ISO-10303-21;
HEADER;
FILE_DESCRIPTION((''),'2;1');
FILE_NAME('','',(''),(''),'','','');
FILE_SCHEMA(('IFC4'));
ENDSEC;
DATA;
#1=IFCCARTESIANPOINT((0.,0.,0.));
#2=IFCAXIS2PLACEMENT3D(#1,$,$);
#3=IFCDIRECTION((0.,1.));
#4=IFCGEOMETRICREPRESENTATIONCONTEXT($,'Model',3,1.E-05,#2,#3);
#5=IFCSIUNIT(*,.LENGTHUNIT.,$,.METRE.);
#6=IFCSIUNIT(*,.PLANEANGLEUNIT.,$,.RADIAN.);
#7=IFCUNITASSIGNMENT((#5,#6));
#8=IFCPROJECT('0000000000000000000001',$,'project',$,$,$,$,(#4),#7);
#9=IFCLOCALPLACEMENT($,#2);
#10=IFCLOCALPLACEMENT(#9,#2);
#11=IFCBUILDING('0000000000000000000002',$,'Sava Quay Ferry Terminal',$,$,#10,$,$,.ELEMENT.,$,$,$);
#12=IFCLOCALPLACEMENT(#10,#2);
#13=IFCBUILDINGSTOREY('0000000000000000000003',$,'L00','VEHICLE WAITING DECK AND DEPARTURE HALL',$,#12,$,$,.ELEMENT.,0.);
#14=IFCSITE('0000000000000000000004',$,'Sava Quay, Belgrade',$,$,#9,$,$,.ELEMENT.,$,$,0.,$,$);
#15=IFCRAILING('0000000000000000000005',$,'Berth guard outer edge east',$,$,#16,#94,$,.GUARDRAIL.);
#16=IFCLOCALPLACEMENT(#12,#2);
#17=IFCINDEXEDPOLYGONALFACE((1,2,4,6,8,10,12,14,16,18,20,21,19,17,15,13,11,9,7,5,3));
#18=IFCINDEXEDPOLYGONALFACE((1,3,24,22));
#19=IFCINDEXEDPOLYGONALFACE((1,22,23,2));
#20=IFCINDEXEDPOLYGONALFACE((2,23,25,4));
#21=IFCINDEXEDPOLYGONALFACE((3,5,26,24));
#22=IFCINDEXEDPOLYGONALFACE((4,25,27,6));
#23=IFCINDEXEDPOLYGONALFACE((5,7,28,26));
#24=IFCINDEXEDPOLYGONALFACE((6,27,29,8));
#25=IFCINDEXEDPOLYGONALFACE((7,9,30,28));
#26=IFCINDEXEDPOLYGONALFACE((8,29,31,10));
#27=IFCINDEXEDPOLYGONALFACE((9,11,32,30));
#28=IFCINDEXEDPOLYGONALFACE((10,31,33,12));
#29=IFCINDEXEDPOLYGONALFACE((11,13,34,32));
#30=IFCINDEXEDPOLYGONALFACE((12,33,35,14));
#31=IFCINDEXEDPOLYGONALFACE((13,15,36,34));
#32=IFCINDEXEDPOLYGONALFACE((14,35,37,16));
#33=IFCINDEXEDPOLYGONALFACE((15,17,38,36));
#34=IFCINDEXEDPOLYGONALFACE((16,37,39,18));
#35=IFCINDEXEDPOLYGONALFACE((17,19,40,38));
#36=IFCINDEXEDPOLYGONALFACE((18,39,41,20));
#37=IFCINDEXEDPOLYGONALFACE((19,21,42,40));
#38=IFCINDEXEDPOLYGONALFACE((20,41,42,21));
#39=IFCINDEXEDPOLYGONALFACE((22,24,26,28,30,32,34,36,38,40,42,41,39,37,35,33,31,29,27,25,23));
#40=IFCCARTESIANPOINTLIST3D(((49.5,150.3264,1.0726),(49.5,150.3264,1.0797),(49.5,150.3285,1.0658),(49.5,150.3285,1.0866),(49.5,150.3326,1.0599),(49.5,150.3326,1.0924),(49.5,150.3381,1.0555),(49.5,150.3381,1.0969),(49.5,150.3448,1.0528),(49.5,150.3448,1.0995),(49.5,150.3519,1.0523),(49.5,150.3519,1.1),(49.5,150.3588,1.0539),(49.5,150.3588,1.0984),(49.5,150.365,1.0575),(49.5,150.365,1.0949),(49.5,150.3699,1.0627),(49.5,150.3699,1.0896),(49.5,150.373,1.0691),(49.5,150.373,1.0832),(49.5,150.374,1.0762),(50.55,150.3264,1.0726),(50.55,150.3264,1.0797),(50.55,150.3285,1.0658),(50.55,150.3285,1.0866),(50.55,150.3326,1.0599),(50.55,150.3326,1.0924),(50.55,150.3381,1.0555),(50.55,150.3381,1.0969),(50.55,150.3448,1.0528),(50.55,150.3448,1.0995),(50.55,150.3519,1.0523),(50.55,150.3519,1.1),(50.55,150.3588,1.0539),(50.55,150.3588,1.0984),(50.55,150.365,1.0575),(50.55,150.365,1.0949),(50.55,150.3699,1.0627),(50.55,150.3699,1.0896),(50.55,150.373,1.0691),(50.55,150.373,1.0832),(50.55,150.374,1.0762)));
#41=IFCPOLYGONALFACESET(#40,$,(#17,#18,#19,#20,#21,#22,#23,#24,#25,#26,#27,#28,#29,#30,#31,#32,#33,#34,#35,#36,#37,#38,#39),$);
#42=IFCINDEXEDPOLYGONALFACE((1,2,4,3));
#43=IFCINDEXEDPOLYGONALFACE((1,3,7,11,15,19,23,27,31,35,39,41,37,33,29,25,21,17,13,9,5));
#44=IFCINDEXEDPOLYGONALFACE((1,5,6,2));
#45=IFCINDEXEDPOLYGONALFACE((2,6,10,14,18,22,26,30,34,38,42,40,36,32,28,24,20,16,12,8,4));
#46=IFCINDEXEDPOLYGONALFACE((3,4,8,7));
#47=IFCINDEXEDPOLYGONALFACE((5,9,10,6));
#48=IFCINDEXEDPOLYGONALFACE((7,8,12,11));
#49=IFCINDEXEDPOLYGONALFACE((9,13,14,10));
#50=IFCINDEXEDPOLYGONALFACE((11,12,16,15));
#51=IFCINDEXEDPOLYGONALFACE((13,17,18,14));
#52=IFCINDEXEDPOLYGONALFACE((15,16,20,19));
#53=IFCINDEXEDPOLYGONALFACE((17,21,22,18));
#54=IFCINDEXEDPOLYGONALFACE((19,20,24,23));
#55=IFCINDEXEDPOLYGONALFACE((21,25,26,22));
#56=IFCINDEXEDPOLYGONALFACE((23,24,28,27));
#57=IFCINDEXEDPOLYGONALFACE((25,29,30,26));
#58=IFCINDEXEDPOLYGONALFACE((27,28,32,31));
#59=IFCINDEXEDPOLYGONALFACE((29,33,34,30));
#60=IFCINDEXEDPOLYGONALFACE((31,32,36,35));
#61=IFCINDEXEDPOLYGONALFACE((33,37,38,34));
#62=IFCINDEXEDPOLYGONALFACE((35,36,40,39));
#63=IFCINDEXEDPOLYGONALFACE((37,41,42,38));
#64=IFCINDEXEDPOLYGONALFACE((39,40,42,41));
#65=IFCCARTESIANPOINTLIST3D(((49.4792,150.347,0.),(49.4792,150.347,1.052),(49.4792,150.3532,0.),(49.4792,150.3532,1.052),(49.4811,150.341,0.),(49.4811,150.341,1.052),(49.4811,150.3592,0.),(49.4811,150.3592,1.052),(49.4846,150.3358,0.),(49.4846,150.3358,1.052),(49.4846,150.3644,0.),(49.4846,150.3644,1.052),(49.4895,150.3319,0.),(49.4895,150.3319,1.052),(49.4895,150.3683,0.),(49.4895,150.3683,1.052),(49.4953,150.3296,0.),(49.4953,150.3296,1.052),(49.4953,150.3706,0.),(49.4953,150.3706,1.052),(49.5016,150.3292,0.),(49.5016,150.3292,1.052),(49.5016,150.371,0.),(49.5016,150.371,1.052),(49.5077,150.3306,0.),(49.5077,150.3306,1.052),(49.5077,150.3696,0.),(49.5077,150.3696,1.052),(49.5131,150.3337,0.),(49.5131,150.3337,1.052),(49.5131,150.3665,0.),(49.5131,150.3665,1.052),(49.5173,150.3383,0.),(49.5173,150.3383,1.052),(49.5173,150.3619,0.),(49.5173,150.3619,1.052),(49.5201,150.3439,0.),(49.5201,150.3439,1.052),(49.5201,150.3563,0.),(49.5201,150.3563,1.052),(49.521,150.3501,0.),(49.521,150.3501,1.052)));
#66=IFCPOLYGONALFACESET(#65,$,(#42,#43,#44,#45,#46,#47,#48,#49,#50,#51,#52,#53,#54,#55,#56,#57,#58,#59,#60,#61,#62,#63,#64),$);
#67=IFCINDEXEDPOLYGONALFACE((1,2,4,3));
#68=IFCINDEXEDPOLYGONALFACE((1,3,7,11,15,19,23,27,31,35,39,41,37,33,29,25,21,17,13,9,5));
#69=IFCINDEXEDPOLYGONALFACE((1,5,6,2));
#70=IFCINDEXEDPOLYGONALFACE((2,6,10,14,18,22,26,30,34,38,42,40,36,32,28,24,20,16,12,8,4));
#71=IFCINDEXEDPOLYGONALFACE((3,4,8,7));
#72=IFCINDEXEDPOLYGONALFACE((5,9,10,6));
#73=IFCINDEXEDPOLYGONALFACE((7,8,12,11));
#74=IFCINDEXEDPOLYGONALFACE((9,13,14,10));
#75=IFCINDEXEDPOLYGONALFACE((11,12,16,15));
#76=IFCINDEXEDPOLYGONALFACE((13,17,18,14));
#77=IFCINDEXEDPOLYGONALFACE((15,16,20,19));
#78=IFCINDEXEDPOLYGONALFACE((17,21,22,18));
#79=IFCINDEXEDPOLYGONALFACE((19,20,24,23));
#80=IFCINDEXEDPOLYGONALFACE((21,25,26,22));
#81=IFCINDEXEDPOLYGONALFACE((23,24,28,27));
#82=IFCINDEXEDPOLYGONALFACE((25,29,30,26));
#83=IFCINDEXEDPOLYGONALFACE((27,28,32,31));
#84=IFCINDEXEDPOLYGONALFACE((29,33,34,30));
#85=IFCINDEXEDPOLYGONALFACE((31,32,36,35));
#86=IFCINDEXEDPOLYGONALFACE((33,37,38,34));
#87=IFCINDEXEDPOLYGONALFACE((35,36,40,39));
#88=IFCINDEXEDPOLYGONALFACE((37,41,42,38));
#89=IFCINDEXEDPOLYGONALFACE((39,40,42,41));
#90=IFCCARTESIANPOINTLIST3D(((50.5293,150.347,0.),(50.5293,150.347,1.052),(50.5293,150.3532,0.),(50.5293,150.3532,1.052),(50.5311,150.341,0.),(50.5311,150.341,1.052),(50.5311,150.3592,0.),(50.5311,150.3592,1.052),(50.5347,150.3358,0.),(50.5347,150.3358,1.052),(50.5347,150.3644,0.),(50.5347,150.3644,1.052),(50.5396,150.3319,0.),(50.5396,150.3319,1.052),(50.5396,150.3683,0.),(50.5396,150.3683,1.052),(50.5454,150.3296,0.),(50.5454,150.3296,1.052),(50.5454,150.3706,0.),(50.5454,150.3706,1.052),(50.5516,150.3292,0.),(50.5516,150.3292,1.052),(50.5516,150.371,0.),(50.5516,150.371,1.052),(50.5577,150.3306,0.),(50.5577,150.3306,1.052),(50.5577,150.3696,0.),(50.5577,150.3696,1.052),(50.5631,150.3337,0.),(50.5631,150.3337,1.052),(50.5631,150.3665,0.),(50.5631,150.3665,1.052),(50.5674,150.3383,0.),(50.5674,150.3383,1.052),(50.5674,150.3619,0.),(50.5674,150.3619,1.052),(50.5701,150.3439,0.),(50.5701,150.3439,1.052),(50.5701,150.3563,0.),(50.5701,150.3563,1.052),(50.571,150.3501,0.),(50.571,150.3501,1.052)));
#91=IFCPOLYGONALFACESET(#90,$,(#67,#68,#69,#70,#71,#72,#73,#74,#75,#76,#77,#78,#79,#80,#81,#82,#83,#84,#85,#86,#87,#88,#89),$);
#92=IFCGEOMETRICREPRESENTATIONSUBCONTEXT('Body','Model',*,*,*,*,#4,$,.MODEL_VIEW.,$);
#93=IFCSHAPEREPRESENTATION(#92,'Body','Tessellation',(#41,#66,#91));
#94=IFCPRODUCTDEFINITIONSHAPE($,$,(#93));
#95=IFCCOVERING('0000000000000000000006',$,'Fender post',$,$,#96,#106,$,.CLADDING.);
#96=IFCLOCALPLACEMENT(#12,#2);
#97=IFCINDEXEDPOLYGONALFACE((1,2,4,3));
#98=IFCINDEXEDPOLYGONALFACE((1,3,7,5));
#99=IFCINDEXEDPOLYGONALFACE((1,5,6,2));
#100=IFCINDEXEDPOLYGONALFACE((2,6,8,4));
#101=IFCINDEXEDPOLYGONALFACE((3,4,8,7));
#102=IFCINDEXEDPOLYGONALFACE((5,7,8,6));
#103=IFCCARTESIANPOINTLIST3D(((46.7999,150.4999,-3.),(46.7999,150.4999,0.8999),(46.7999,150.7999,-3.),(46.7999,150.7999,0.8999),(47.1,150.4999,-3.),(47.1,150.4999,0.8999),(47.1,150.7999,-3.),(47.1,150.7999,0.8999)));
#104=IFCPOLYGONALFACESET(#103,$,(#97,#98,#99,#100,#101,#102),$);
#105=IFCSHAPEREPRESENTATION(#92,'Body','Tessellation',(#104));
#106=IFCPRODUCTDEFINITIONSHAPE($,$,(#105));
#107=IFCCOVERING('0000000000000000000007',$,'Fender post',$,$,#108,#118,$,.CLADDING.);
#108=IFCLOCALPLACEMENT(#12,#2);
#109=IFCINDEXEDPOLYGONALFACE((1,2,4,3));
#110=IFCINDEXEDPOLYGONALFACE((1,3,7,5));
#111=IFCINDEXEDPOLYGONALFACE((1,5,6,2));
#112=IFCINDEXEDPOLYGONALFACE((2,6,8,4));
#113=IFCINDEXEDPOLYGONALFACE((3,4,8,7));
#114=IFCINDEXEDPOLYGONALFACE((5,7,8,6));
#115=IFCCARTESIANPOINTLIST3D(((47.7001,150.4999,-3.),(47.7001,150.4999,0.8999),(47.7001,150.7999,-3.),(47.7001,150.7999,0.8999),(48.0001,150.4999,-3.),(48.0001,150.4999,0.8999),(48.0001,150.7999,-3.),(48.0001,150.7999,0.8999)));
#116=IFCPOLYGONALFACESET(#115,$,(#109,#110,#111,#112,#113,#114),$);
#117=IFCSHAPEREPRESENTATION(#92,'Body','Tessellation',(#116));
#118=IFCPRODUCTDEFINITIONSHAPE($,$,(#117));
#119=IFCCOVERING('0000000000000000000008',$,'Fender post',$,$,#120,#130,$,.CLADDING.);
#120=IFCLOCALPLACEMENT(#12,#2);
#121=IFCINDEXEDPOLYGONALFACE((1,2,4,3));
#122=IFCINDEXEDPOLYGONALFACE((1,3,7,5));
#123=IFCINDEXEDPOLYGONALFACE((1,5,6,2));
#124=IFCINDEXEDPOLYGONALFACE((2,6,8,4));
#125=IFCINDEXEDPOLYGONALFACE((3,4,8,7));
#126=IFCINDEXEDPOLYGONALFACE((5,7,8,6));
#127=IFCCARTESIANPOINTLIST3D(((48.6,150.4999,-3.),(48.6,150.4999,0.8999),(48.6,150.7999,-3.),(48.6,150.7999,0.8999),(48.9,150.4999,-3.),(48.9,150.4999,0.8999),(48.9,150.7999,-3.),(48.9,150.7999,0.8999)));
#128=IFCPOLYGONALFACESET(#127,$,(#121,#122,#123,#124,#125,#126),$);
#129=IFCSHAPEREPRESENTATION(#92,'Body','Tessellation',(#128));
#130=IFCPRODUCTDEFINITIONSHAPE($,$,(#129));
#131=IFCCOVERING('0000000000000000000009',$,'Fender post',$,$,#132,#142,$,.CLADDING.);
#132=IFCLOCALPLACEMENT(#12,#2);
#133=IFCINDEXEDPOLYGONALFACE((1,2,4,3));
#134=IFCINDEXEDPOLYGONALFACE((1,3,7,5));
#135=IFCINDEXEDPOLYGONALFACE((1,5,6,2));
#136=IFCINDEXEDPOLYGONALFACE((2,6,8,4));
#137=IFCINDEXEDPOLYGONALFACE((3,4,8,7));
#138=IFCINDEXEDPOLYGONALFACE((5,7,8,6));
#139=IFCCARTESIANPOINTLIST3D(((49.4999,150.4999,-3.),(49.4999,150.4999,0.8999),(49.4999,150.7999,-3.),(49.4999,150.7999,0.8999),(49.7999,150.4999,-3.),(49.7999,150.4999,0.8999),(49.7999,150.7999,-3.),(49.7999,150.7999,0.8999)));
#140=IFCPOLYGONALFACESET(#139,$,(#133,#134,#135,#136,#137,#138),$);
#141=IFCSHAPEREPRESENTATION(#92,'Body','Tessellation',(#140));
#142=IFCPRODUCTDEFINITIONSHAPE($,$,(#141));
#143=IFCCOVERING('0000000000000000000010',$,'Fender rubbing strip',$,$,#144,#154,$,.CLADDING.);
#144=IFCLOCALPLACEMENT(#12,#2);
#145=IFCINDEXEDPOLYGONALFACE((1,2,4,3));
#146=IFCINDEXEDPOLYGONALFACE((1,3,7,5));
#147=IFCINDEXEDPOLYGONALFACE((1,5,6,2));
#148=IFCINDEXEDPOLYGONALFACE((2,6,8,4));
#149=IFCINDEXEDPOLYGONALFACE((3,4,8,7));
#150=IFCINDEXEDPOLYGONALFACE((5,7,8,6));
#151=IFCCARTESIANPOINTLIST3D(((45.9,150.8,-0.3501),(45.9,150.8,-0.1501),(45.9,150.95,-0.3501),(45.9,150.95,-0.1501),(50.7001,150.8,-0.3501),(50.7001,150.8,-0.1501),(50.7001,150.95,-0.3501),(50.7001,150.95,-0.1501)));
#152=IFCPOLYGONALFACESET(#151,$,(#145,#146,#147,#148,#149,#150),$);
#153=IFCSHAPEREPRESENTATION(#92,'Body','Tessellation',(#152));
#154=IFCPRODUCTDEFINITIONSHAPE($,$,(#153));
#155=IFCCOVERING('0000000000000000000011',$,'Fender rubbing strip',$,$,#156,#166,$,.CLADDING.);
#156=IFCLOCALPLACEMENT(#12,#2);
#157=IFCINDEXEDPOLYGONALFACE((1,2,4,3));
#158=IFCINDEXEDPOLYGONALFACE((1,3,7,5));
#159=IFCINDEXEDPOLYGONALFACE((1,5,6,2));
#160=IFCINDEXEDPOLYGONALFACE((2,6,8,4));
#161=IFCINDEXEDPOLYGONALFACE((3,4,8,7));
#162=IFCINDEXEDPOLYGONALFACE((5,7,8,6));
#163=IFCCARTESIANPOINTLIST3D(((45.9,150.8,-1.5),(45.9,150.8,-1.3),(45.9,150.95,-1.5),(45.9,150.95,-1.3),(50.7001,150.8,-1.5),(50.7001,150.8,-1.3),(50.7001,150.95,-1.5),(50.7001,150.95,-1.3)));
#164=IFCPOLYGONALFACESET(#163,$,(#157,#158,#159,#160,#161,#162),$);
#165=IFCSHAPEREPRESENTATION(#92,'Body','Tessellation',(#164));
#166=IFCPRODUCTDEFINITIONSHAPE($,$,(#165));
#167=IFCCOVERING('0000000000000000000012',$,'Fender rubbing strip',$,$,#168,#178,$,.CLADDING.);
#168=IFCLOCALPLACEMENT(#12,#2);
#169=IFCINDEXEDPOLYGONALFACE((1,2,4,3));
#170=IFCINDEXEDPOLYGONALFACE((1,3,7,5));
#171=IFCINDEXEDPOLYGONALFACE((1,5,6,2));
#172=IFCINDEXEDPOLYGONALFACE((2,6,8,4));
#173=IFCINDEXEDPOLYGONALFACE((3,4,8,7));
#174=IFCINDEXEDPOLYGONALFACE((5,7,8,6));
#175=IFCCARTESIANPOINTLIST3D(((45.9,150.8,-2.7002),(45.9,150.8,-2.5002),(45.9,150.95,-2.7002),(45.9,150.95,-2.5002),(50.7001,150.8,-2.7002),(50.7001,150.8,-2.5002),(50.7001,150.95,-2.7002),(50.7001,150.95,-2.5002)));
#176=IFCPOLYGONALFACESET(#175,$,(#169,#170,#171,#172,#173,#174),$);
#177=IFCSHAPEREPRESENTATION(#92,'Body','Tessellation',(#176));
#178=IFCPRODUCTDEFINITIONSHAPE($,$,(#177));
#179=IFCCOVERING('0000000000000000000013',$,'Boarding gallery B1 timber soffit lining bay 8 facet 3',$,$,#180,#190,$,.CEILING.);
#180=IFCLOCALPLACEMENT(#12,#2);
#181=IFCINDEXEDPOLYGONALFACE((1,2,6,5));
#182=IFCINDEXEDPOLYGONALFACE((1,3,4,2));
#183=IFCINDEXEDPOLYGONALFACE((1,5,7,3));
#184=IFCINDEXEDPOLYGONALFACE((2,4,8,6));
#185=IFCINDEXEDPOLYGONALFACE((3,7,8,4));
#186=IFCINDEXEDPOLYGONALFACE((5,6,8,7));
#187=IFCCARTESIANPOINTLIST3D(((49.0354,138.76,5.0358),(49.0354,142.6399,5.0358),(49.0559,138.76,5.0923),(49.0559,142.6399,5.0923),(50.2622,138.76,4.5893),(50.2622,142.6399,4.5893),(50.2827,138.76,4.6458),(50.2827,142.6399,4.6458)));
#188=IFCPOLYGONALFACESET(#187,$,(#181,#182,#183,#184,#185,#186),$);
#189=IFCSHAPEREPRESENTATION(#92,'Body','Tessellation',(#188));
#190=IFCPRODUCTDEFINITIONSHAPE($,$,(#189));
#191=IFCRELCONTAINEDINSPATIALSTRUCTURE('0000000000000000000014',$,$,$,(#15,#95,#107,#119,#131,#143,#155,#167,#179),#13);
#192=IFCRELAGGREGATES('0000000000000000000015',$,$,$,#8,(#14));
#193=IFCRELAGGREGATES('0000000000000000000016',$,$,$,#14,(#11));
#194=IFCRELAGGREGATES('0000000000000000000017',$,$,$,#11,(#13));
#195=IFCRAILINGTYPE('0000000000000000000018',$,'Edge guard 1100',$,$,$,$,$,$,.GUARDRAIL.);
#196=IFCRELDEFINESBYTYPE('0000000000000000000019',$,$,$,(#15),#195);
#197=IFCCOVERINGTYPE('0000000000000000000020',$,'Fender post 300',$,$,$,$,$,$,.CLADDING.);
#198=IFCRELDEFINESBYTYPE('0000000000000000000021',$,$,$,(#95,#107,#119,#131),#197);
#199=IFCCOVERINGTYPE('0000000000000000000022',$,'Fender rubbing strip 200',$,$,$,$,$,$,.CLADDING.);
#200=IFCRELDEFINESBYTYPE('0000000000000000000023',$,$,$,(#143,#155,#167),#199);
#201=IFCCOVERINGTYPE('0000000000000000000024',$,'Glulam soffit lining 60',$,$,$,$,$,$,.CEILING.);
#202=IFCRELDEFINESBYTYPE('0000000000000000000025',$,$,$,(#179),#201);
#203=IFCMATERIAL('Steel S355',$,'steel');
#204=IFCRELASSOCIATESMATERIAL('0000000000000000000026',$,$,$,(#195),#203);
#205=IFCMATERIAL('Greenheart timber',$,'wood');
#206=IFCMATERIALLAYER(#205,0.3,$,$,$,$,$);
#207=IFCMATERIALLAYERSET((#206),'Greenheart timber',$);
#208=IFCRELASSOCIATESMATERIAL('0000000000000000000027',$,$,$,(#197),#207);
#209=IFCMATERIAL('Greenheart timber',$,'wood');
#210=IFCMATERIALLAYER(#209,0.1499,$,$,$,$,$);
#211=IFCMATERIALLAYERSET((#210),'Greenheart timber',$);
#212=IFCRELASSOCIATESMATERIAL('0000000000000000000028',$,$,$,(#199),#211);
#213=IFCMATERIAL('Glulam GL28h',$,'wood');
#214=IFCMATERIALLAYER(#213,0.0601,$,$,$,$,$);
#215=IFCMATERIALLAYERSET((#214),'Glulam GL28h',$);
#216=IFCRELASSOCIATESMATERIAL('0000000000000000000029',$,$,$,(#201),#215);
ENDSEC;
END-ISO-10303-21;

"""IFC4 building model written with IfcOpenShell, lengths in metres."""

from ifc_helpers import new_model, si_unit, direction, frame, origin, origin_2d, place, context, subcontext, project, spatial, polyline, rectangle, circle, outline, extrude, material, layer, layer_set, type_object, element, save


model = new_model("IFC4")

# Units and contexts
model_context = context("Model", 3, precision=1e-05, world=origin(), true_north=direction((0.0, 1.0)))
body_context = subcontext(model_context, "Body", "Model", "MODEL_VIEW")
ifc_project = project(units=[si_unit("LENGTHUNIT", "METRE"), si_unit("PLANEANGLEUNIT", "RADIAN")], contexts=[model_context])

# Site, building, storey
site_placement = place(None, origin())
site = spatial("IfcSite", under=ifc_project, at=site_placement, Name="Sava Quay, Belgrade", CompositionType="ELEMENT", RefElevation=0.0)
building_placement = place(site_placement, origin())
building = spatial("IfcBuilding", under=site, at=building_placement, Name="Sava Quay Ferry Terminal", CompositionType="ELEMENT")
storey_placement = place(building_placement, origin())
storey = spatial("IfcBuildingStorey", under=building, at=storey_placement, Name="L00", Description="VEHICLE WAITING DECK AND DEPARTURE HALL", CompositionType="ELEMENT", Elevation=0.0)

# Railing
ifc_material_1 = material(Name="Steel S355", Category="steel")
railing_type = type_object("IfcRailingType", Name="Edge guard 1100", PredefinedType="GUARDRAIL", material=ifc_material_1)
railing_placement = place(storey_placement, frame((49.5, 150.3501, 0.0)))
element("IfcRailing", 1, at=railing_placement, inside=storey, type_object=railing_type, Name="Berth guard outer edge east", PredefinedType="GUARDRAIL", context=body_context, shape_type="SweptSolid", body=[
    extrude(circle(Radius=0.0239, at=origin_2d()), frame((0.0, 0.0, 1.0762), z_axis=(1.0, 0.0, 0.0), x_axis=(0.0, 1.0, 0.0)), (0.0, 0.0, 1.0), 1.05),
    extrude(circle(Radius=0.021, at=origin_2d()), origin(), (0.0, 0.0, 1.0), 1.052),
    extrude(circle(Radius=0.021, at=origin_2d()), frame((1.05, 0.0, 0.0)), (0.0, 0.0, 1.0), 1.052),
])

# Coverings
ifc_material_2 = material(Name="Greenheart timber", Category="wood")
ifc_layer_1 = layer(ifc_material_2, 0.3)
ifc_layer_set_1 = layer_set([ifc_layer_1], Name="Greenheart timber")
covering_type_1 = type_object("IfcCoveringType", Name="Fender post 300", PredefinedType="CLADDING", material=ifc_layer_set_1)
for number, where, z_axis, x_axis, name in (
    (2, (46.95, 150.6499, -3.0), (0.0, 0.0, 1.0), (1.0, 0.0, 0.0), "Fender post"),
    (3, (47.8501, 150.6499, -3.0), (0.0, 0.0, 1.0), (1.0, 0.0, 0.0), "Fender post"),
    (4, (48.75, 150.6499, -3.0), (0.0, 0.0, 1.0), (1.0, 0.0, 0.0), "Fender post"),
    (5, (49.6499, 150.6499, -3.0), (0.0, 0.0, 1.0), (1.0, 0.0, 0.0), "Fender post"),
):
    element("IfcCovering", number, at=place(storey_placement, frame(where, z_axis=z_axis, x_axis=x_axis)), inside=storey, type_object=covering_type_1, Name=name, PredefinedType="CLADDING", context=body_context, shape_type="SweptSolid", body=[
        extrude(rectangle(XDim=0.3, YDim=0.3, at=origin_2d()), origin(), (0.0, 0.0, 1.0), 3.8999),
    ])
ifc_material_3 = material(Name="Greenheart timber", Category="wood")
ifc_layer_2 = layer(ifc_material_3, 0.1499)
ifc_layer_set_2 = layer_set([ifc_layer_2], Name="Greenheart timber")
covering_type_2 = type_object("IfcCoveringType", Name="Fender rubbing strip 200", PredefinedType="CLADDING", material=ifc_layer_set_2)
for number, where, z_axis, x_axis, name in (
    (6, (48.3, 150.875, -0.3501), (0.0, 0.0, 1.0), (1.0, 0.0, 0.0), "Fender rubbing strip"),
    (7, (48.3, 150.875, -1.5), (0.0, 0.0, 1.0), (1.0, 0.0, 0.0), "Fender rubbing strip"),
    (8, (48.3, 150.875, -2.7002), (0.0, 0.0, 1.0), (1.0, 0.0, 0.0), "Fender rubbing strip"),
):
    element("IfcCovering", number, at=place(storey_placement, frame(where, z_axis=z_axis, x_axis=x_axis)), inside=storey, type_object=covering_type_2, Name=name, PredefinedType="CLADDING", context=body_context, shape_type="SweptSolid", body=[
        extrude(rectangle(XDim=4.8, YDim=0.1499, at=origin_2d()), origin(), (0.0, 0.0, 1.0), 0.2),
    ])
ifc_material_4 = material(Name="Glulam GL28h", Category="wood")
ifc_layer_3 = layer(ifc_material_4, 0.0601)
ifc_layer_set_3 = layer_set([ifc_layer_3], Name="Glulam GL28h")
covering_type_3 = type_object("IfcCoveringType", Name="Glulam soffit lining 60", PredefinedType="CEILING", material=ifc_layer_set_3)
covering_placement = place(storey_placement, frame((49.0559, 138.76, 5.0923), z_axis=(0.342028, 0.0, 0.93969), x_axis=(0.93969, 0.0, -0.342028)))
element("IfcCovering", 9, at=covering_placement, inside=storey, type_object=covering_type_3, Name="Boarding gallery B1 timber soffit lining bay 8 facet 3", PredefinedType="CEILING", context=body_context, shape_type="SweptSolid", body=[
    extrude(outline(polyline([(0.0, 0.0), (1.3055, 0.0), (1.3055, 3.8799), (0.0, 3.8799), (0.0, 0.0)])), origin(), (0.0, 0.0, -1.0), 0.0601),
])

save(model, "model.ifc")
